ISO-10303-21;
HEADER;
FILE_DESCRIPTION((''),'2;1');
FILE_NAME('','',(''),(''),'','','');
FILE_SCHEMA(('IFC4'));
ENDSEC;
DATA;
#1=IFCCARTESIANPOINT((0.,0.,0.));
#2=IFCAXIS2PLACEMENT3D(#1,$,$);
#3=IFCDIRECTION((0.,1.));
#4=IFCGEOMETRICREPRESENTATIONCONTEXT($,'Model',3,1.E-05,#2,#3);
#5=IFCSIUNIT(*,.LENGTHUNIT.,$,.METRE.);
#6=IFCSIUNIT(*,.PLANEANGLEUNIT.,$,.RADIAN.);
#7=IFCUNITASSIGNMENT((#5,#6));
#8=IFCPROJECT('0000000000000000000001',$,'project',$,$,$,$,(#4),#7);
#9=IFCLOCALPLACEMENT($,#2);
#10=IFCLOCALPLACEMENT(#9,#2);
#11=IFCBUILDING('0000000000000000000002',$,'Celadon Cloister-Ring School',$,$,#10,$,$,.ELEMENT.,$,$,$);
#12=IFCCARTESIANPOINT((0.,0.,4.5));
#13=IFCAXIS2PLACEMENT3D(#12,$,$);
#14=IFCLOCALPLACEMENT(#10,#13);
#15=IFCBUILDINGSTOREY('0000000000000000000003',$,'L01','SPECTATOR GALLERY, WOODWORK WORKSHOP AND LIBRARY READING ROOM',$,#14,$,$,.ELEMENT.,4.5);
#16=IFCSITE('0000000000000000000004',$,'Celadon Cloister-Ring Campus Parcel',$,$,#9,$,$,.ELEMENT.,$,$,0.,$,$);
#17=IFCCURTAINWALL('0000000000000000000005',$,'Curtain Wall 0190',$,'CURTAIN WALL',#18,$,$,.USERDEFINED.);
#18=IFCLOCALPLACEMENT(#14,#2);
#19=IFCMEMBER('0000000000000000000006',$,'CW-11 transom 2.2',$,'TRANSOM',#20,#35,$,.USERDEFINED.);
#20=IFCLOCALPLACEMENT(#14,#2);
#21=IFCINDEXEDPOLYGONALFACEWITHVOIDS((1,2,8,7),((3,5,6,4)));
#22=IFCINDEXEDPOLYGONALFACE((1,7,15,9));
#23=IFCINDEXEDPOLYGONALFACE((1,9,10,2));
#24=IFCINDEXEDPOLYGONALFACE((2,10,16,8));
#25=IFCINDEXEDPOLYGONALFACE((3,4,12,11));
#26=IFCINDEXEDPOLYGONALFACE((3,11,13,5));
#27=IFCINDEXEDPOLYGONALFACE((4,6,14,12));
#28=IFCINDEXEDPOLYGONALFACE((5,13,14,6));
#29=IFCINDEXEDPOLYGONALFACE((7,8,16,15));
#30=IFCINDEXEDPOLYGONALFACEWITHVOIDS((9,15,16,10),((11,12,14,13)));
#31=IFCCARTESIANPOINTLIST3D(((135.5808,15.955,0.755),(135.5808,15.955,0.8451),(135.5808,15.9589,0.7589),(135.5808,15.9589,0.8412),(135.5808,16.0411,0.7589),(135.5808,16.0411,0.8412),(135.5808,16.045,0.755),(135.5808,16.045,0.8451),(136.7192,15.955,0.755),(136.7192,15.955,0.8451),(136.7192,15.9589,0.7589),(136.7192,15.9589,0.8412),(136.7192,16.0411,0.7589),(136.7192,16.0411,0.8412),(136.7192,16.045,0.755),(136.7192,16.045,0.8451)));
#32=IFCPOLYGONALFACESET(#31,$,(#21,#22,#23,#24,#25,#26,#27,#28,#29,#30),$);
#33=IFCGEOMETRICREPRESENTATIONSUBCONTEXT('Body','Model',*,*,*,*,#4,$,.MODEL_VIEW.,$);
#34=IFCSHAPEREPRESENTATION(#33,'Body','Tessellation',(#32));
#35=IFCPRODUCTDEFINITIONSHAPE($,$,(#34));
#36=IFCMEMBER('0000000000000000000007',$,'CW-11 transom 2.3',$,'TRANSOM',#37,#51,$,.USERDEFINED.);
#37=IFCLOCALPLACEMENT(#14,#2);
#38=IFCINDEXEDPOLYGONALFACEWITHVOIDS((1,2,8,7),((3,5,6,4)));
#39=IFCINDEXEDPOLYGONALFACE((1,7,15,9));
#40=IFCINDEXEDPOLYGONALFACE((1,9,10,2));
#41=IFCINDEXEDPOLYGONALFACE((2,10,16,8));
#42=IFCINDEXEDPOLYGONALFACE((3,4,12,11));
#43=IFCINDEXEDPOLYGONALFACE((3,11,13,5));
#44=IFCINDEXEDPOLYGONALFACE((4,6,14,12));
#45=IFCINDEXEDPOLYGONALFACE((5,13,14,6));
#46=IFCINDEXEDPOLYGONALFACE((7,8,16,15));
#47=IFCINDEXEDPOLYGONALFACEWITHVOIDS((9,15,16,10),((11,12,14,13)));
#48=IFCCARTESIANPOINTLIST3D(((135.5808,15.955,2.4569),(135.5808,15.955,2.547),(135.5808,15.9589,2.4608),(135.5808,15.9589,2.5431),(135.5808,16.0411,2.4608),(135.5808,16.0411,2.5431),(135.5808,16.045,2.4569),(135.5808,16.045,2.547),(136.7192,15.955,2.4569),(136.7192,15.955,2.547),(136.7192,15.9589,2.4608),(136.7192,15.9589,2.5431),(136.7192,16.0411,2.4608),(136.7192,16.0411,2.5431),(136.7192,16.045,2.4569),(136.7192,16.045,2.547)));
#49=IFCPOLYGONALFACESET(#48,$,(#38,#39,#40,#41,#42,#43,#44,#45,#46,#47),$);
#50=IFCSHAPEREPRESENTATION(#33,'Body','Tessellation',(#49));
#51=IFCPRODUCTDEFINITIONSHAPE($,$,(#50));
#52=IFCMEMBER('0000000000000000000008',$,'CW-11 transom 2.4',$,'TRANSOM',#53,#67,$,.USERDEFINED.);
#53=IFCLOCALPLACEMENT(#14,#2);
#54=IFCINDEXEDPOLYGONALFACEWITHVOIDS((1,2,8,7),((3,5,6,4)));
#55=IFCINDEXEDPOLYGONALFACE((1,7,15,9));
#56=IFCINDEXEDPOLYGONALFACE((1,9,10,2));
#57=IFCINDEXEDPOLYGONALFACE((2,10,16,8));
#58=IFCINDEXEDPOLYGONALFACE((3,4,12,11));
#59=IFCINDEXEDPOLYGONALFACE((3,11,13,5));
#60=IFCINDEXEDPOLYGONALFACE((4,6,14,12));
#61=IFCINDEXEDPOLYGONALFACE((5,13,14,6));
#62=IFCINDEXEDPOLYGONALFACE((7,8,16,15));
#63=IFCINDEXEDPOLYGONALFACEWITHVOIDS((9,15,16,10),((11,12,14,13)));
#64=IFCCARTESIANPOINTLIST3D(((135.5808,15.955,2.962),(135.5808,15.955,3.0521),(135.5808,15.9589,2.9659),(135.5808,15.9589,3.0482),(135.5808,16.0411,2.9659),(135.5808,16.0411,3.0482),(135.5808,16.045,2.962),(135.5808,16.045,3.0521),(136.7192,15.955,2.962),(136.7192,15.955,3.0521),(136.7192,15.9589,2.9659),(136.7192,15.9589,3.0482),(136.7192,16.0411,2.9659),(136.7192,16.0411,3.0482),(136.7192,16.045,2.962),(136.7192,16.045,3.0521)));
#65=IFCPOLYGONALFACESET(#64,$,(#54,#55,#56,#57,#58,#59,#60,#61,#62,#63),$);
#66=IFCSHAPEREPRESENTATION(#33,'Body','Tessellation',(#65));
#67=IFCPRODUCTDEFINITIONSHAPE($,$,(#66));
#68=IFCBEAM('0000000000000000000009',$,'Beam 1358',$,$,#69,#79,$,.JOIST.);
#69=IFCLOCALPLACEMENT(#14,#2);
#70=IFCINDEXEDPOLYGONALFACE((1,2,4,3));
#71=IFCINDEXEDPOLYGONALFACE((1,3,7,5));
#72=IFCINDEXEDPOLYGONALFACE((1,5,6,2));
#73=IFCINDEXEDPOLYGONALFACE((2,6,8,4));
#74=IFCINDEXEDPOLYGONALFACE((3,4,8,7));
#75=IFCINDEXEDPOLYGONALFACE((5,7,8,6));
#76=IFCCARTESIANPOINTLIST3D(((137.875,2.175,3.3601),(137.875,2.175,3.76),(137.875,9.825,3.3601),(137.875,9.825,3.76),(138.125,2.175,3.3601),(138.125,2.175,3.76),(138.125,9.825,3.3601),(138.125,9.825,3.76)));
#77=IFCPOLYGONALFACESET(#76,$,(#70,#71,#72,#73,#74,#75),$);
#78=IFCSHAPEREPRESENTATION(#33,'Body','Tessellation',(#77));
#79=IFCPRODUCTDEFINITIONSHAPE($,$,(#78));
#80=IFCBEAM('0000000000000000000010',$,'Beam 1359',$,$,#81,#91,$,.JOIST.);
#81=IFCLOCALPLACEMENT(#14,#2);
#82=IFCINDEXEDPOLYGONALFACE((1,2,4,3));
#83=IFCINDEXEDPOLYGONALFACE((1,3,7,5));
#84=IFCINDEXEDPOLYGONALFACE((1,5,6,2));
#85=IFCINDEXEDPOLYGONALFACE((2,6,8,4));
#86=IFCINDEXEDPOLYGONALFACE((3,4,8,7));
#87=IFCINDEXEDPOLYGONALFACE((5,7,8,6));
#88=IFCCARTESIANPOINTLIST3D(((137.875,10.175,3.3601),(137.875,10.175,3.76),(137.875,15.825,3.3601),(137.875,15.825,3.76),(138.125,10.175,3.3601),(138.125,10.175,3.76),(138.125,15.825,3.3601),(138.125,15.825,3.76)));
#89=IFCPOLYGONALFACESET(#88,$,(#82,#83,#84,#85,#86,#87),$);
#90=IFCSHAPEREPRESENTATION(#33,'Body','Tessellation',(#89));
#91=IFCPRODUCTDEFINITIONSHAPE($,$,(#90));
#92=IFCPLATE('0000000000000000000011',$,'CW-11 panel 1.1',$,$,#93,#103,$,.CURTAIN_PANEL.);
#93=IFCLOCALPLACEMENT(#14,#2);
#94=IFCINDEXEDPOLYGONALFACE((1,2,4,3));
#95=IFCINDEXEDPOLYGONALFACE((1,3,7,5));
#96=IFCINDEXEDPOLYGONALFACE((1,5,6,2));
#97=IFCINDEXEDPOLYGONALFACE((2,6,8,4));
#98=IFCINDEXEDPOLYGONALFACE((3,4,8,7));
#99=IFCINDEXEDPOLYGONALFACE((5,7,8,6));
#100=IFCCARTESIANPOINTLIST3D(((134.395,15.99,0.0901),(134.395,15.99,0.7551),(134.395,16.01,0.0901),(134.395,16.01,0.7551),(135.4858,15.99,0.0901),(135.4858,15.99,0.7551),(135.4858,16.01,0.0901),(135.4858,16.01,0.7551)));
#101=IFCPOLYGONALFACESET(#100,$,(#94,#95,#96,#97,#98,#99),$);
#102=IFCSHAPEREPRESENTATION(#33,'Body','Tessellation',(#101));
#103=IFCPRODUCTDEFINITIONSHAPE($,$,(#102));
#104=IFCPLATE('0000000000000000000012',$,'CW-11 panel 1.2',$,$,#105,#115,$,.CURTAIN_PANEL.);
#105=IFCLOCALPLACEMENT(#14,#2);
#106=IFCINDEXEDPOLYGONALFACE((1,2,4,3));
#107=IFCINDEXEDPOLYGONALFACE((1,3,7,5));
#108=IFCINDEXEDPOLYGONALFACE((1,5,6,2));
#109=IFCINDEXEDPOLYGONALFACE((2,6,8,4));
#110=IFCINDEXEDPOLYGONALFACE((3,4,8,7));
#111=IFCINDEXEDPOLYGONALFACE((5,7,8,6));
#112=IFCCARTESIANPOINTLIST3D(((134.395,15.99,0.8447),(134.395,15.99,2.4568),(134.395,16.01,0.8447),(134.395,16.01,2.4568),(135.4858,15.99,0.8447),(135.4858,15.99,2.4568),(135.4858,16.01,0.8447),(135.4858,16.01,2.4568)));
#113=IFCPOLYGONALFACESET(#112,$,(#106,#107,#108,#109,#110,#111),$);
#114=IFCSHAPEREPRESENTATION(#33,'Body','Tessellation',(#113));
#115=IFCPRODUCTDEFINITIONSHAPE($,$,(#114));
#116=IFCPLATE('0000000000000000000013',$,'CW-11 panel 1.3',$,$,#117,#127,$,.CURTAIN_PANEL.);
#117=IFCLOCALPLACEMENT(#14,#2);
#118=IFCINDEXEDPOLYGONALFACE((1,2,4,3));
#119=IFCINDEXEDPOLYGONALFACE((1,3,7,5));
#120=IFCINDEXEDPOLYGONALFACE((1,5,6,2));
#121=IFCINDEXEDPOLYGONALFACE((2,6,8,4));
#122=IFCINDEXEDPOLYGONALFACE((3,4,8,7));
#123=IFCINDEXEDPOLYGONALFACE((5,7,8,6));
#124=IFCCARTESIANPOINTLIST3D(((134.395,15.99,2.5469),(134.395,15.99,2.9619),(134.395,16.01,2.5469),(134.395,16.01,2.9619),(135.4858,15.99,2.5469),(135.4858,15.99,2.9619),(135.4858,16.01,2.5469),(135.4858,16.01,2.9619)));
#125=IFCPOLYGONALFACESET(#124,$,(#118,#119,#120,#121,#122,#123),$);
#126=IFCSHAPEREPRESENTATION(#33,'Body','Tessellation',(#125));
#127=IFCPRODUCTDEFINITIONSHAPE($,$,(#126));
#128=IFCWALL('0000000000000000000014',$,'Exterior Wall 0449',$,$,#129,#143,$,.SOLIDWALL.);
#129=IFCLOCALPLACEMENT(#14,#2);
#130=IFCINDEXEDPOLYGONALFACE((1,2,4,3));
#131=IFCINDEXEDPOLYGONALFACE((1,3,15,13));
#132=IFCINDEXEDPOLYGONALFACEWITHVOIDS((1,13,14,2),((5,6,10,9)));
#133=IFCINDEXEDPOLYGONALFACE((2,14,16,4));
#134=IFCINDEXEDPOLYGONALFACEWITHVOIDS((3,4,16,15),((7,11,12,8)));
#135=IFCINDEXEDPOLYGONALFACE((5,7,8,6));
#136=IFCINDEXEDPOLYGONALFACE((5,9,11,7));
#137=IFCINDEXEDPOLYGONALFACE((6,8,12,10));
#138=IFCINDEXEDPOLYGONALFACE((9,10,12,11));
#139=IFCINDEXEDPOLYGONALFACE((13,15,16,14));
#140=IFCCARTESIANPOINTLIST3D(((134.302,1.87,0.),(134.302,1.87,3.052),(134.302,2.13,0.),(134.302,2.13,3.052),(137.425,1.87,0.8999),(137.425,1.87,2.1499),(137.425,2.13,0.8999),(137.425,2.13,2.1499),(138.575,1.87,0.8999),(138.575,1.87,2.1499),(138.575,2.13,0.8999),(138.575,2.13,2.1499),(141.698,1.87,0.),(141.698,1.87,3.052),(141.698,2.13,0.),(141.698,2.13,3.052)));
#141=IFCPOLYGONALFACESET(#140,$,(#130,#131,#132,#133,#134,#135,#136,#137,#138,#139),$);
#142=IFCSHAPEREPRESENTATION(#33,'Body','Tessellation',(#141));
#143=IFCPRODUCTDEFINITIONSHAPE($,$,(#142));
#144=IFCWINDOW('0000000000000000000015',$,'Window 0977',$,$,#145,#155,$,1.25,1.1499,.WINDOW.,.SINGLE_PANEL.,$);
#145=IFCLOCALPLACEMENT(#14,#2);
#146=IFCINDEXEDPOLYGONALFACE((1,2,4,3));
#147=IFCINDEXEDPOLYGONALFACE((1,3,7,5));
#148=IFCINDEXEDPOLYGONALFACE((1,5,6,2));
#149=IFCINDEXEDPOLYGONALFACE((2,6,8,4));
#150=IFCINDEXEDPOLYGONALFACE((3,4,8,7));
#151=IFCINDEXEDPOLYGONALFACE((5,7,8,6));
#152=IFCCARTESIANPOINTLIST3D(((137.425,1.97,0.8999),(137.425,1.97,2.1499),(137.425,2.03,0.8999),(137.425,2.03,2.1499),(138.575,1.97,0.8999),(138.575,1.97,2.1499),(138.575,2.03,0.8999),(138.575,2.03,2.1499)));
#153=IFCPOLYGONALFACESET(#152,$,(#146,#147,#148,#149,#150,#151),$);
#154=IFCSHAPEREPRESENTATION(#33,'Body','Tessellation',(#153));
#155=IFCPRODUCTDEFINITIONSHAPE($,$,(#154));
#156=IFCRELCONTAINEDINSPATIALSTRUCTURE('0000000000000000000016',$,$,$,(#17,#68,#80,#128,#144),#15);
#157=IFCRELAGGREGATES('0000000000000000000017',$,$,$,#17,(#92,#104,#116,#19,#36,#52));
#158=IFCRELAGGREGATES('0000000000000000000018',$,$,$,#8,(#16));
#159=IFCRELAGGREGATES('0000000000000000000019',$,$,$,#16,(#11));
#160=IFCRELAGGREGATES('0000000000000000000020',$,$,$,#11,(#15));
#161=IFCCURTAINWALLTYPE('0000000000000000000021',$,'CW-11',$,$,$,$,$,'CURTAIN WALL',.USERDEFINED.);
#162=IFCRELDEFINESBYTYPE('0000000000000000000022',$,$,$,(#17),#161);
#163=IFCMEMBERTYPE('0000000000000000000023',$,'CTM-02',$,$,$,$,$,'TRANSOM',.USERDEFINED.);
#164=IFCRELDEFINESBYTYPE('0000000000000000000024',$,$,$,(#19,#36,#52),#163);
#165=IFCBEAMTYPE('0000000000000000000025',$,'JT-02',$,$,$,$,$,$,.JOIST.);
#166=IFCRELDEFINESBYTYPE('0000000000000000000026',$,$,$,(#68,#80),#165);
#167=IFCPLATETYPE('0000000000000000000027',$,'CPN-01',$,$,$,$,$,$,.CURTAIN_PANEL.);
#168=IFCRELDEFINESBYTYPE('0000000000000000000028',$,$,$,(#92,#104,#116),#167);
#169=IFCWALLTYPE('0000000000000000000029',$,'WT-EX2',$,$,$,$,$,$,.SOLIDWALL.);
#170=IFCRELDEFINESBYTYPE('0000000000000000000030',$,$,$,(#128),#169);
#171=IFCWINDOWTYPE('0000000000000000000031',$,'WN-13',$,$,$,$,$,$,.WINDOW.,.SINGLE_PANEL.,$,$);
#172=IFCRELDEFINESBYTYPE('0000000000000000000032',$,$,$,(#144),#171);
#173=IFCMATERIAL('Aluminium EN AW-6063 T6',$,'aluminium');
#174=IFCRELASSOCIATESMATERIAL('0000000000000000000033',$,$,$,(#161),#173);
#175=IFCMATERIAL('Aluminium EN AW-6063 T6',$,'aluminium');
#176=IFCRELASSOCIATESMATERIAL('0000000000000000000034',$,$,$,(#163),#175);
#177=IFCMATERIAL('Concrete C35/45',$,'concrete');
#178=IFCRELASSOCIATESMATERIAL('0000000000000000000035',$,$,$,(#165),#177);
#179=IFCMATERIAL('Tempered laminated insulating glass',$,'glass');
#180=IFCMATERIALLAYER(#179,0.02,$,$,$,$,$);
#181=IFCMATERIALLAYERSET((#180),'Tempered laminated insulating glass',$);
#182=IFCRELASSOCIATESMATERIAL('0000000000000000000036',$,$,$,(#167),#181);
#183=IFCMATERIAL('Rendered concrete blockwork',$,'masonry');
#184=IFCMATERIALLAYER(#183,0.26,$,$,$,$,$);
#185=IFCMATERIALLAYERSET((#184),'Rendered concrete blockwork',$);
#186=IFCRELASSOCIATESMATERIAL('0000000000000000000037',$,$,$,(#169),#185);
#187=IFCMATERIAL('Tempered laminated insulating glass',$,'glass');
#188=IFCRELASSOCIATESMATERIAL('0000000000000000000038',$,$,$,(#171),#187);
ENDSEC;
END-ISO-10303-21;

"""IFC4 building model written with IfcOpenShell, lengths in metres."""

from ifc_helpers import new_model, si_unit, direction, frame, frame_2d, origin, origin_2d, place, context, subcontext, project, spatial, rectangle, hollow_rectangle, extrude, material, layer, layer_set, material_profile, profile_set, type_object, element, fill, aggregate, save


model = new_model("IFC4")

# Units and contexts
model_context = context("Model", 3, precision=1e-05, world=origin(), true_north=direction((0.0, 1.0)))
body_context = subcontext(model_context, "Body", "Model", "MODEL_VIEW")
ifc_project = project(units=[si_unit("LENGTHUNIT", "METRE"), si_unit("PLANEANGLEUNIT", "RADIAN")], contexts=[model_context])

# Site, building, storey
site_placement = place(None, origin())
site = spatial("IfcSite", under=ifc_project, at=site_placement, Name="Celadon Cloister-Ring Campus Parcel", CompositionType="ELEMENT", RefElevation=0.0)
building_placement = place(site_placement, origin())
building = spatial("IfcBuilding", under=site, at=building_placement, Name="Celadon Cloister-Ring School", CompositionType="ELEMENT")
storey_placement = place(building_placement, frame((0.0, 0.0, 4.5)))
storey = spatial("IfcBuildingStorey", under=building, at=storey_placement, Name="L01", Description="SPECTATOR GALLERY, WOODWORK WORKSHOP AND LIBRARY READING ROOM", CompositionType="ELEMENT", Elevation=4.5)

# Curtain wall, members
ifc_material_1 = material(Name="Aluminium EN AW-6063 T6", Category="aluminium")
curtain_wall_type = type_object("IfcCurtainWallType", Name="CW-11", ElementType="CURTAIN WALL", PredefinedType="USERDEFINED", material=ifc_material_1)
curtain_wall_placement = place(storey_placement, origin())
curtain_wall = element("IfcCurtainWall", 1, at=curtain_wall_placement, inside=storey, type_object=curtain_wall_type, Name="Curtain Wall 0190", ObjectType="CURTAIN WALL", PredefinedType="USERDEFINED")
ifc_material_2 = material(Name="Aluminium EN AW-6063 T6", Category="aluminium")
ifc_material_profile_1 = material_profile(ifc_material_2, hollow_rectangle(XDim=0.0901, YDim=0.0901, WallThickness=0.0039, at=origin_2d()), Name="RHS90X90X4")
ifc_profile_set_1 = profile_set([ifc_material_profile_1], Name="Aluminium EN AW-6063 T6")
member_type_1 = type_object("IfcMemberType", Name="CTM-02", ElementType="TRANSOM", PredefinedType="USERDEFINED", material=ifc_profile_set_1)
member_1_placement = place(storey_placement, frame((135.5808, 16.0, 0.8), z_axis=(1.0, 0.0, 0.0), x_axis=(0.0, 1.0, 0.0)))
member_1 = element("IfcMember", 2, at=member_1_placement, type_object=member_type_1, Name="CW-11 transom 2.2", ObjectType="TRANSOM", PredefinedType="USERDEFINED", context=body_context, shape_type="SweptSolid", body=[
    extrude(hollow_rectangle(XDim=0.0901, YDim=0.0901, WallThickness=0.0039, at=origin_2d()), origin(), (0.0, 0.0, 1.0), 1.1384),
])
member_2_placement = place(storey_placement, frame((135.5808, 16.0, 2.502), z_axis=(1.0, 0.0, 0.0), x_axis=(0.0, 1.0, 0.0)))
member_2 = element("IfcMember", 3, at=member_2_placement, type_object=member_type_1, Name="CW-11 transom 2.3", ObjectType="TRANSOM", PredefinedType="USERDEFINED", context=body_context, shape_type="SweptSolid", body=[
    extrude(hollow_rectangle(XDim=0.0901, YDim=0.0901, WallThickness=0.0039, at=origin_2d()), origin(), (0.0, 0.0, 1.0), 1.1384),
])
member_3_placement = place(storey_placement, frame((135.5808, 16.0, 3.0071), z_axis=(1.0, 0.0, 0.0), x_axis=(0.0, 1.0, 0.0)))
member_3 = element("IfcMember", 4, at=member_3_placement, type_object=member_type_1, Name="CW-11 transom 2.4", ObjectType="TRANSOM", PredefinedType="USERDEFINED", context=body_context, shape_type="SweptSolid", body=[
    extrude(hollow_rectangle(XDim=0.0901, YDim=0.0901, WallThickness=0.0039, at=origin_2d()), origin(), (0.0, 0.0, 1.0), 1.1384),
])

# Beams
ifc_material_3 = material(Name="Concrete C35/45", Category="concrete")
ifc_material_profile_2 = material_profile(ifc_material_3, rectangle(XDim=0.25, YDim=0.3999, at=origin_2d()), Name="RC250X400")
ifc_profile_set_2 = profile_set([ifc_material_profile_2], Name="Concrete C35/45")
beam_type_1 = type_object("IfcBeamType", Name="JT-02", PredefinedType="JOIST", material=ifc_profile_set_2)
beam_1_placement = place(storey_placement, frame((138.0, 2.175, 3.5601), z_axis=(0.0, 1.0, 0.0), x_axis=(-1.0, 0.0, 0.0)))
element("IfcBeam", 5, at=beam_1_placement, inside=storey, type_object=beam_type_1, Name="Beam 1358", PredefinedType="JOIST", context=body_context, shape_type="SweptSolid", body=[
    extrude(rectangle(XDim=0.25, YDim=0.3999, at=origin_2d()), origin(), (0.0, 0.0, 1.0), 7.6499),
])
beam_2_placement = place(storey_placement, frame((138.0, 10.175, 3.5601), z_axis=(0.0, 1.0, 0.0), x_axis=(-1.0, 0.0, 0.0)))
element("IfcBeam", 6, at=beam_2_placement, inside=storey, type_object=beam_type_1, Name="Beam 1359", PredefinedType="JOIST", context=body_context, shape_type="SweptSolid", body=[
    extrude(rectangle(XDim=0.25, YDim=0.3999, at=origin_2d()), origin(), (0.0, 0.0, 1.0), 5.6499),
])

# Plates
ifc_material_4 = material(Name="Tempered laminated insulating glass", Category="glass")
ifc_layer_1 = layer(ifc_material_4, 0.02)
ifc_layer_set_1 = layer_set([ifc_layer_1], Name="Tempered laminated insulating glass")
plate_type = type_object("IfcPlateType", Name="CPN-01", PredefinedType="CURTAIN_PANEL", material=ifc_layer_set_1)
plate_1_placement = place(storey_placement, frame((134.9404, 16.0, 0.0901), z_axis=(0.0, 0.0, 1.0), x_axis=(1.0, 0.0, 0.0)))
plate_1 = element("IfcPlate", 7, at=plate_1_placement, type_object=plate_type, Name="CW-11 panel 1.1", PredefinedType="CURTAIN_PANEL", context=body_context, shape_type="SweptSolid", body=[
    extrude(rectangle(XDim=1.0908, YDim=0.02, at=origin_2d()), origin(), (0.0, 0.0, 1.0), 0.665),
])
plate_2_placement = place(storey_placement, frame((134.9404, 16.0, 0.8447), z_axis=(0.0, 0.0, 1.0), x_axis=(1.0, 0.0, 0.0)))
plate_2 = element("IfcPlate", 8, at=plate_2_placement, type_object=plate_type, Name="CW-11 panel 1.2", PredefinedType="CURTAIN_PANEL", context=body_context, shape_type="SweptSolid", body=[
    extrude(rectangle(XDim=1.0908, YDim=0.02, at=origin_2d()), origin(), (0.0, 0.0, 1.0), 1.6121),
])
plate_3_placement = place(storey_placement, frame((134.9404, 16.0, 2.5469), z_axis=(0.0, 0.0, 1.0), x_axis=(1.0, 0.0, 0.0)))
plate_3 = element("IfcPlate", 9, at=plate_3_placement, type_object=plate_type, Name="CW-11 panel 1.3", PredefinedType="CURTAIN_PANEL", context=body_context, shape_type="SweptSolid", body=[
    extrude(rectangle(XDim=1.0908, YDim=0.02, at=origin_2d()), origin(), (0.0, 0.0, 1.0), 0.415),
])
aggregate(curtain_wall, [plate_1, plate_2, plate_3, member_1, member_2, member_3])

# Wall, opening, window
ifc_material_5 = material(Name="Rendered concrete blockwork", Category="masonry")
ifc_layer_2 = layer(ifc_material_5, 0.26)
ifc_layer_set_2 = layer_set([ifc_layer_2], Name="Rendered concrete blockwork")
wall_type_1 = type_object("IfcWallType", Name="WT-EX2", PredefinedType="SOLIDWALL", material=ifc_layer_set_2)
wall_1_placement = place(storey_placement, frame((141.698, 2.0, 0.0), z_axis=(0.0, 0.0, 1.0), x_axis=(-1.0, 0.0, 0.0)))
wall_1 = element("IfcWall", 10, at=wall_1_placement, inside=storey, type_object=wall_type_1, Name="Exterior Wall 0449", PredefinedType="SOLIDWALL", context=body_context, shape_type="SweptSolid", body=[
    extrude(rectangle(XDim=7.396, YDim=0.26, at=frame_2d((3.698, 0.0))), origin(), (0.0, 0.0, 1.0), 3.052),
])
opening_1_placement = place(wall_1_placement, frame((3.123, 0.0, 0.8999)))
opening_1 = element("IfcOpeningElement", 11, at=opening_1_placement, cuts=wall_1, PredefinedType="OPENING", context=body_context, shape_type="SweptSolid", body=[
    extrude(rectangle(XDim=1.1499, YDim=1.25, at=frame_2d((0.575, 0.625))), frame((0.0, 0.1401, 0.0), z_axis=(0.0, -1.0, 0.0), x_axis=(1.0, 0.0, 0.0)), (0.0, 0.0, 1.0), 0.28),
])
ifc_material_6 = material(Name="Tempered laminated insulating glass", Category="glass")
window_type = type_object("IfcWindowType", Name="WN-13", PartitioningType="SINGLE_PANEL", PredefinedType="WINDOW", material=ifc_material_6)
window_placement = place(opening_1_placement, origin())
window = element("IfcWindow", 12, at=window_placement, inside=storey, type_object=window_type, Name="Window 0977", OverallHeight=1.25, OverallWidth=1.1499, PartitioningType="SINGLE_PANEL", PredefinedType="WINDOW", context=body_context, shape_type="SweptSolid", body=[
    extrude(rectangle(XDim=1.1499, YDim=1.25, at=frame_2d((0.575, 0.625))), frame((0.0, 0.03, 0.0), z_axis=(0.0, -1.0, 0.0), x_axis=(1.0, 0.0, 0.0)), (0.0, 0.0, 1.0), 0.0601),
])
fill(opening_1, window)

save(model, "model.ifc")
